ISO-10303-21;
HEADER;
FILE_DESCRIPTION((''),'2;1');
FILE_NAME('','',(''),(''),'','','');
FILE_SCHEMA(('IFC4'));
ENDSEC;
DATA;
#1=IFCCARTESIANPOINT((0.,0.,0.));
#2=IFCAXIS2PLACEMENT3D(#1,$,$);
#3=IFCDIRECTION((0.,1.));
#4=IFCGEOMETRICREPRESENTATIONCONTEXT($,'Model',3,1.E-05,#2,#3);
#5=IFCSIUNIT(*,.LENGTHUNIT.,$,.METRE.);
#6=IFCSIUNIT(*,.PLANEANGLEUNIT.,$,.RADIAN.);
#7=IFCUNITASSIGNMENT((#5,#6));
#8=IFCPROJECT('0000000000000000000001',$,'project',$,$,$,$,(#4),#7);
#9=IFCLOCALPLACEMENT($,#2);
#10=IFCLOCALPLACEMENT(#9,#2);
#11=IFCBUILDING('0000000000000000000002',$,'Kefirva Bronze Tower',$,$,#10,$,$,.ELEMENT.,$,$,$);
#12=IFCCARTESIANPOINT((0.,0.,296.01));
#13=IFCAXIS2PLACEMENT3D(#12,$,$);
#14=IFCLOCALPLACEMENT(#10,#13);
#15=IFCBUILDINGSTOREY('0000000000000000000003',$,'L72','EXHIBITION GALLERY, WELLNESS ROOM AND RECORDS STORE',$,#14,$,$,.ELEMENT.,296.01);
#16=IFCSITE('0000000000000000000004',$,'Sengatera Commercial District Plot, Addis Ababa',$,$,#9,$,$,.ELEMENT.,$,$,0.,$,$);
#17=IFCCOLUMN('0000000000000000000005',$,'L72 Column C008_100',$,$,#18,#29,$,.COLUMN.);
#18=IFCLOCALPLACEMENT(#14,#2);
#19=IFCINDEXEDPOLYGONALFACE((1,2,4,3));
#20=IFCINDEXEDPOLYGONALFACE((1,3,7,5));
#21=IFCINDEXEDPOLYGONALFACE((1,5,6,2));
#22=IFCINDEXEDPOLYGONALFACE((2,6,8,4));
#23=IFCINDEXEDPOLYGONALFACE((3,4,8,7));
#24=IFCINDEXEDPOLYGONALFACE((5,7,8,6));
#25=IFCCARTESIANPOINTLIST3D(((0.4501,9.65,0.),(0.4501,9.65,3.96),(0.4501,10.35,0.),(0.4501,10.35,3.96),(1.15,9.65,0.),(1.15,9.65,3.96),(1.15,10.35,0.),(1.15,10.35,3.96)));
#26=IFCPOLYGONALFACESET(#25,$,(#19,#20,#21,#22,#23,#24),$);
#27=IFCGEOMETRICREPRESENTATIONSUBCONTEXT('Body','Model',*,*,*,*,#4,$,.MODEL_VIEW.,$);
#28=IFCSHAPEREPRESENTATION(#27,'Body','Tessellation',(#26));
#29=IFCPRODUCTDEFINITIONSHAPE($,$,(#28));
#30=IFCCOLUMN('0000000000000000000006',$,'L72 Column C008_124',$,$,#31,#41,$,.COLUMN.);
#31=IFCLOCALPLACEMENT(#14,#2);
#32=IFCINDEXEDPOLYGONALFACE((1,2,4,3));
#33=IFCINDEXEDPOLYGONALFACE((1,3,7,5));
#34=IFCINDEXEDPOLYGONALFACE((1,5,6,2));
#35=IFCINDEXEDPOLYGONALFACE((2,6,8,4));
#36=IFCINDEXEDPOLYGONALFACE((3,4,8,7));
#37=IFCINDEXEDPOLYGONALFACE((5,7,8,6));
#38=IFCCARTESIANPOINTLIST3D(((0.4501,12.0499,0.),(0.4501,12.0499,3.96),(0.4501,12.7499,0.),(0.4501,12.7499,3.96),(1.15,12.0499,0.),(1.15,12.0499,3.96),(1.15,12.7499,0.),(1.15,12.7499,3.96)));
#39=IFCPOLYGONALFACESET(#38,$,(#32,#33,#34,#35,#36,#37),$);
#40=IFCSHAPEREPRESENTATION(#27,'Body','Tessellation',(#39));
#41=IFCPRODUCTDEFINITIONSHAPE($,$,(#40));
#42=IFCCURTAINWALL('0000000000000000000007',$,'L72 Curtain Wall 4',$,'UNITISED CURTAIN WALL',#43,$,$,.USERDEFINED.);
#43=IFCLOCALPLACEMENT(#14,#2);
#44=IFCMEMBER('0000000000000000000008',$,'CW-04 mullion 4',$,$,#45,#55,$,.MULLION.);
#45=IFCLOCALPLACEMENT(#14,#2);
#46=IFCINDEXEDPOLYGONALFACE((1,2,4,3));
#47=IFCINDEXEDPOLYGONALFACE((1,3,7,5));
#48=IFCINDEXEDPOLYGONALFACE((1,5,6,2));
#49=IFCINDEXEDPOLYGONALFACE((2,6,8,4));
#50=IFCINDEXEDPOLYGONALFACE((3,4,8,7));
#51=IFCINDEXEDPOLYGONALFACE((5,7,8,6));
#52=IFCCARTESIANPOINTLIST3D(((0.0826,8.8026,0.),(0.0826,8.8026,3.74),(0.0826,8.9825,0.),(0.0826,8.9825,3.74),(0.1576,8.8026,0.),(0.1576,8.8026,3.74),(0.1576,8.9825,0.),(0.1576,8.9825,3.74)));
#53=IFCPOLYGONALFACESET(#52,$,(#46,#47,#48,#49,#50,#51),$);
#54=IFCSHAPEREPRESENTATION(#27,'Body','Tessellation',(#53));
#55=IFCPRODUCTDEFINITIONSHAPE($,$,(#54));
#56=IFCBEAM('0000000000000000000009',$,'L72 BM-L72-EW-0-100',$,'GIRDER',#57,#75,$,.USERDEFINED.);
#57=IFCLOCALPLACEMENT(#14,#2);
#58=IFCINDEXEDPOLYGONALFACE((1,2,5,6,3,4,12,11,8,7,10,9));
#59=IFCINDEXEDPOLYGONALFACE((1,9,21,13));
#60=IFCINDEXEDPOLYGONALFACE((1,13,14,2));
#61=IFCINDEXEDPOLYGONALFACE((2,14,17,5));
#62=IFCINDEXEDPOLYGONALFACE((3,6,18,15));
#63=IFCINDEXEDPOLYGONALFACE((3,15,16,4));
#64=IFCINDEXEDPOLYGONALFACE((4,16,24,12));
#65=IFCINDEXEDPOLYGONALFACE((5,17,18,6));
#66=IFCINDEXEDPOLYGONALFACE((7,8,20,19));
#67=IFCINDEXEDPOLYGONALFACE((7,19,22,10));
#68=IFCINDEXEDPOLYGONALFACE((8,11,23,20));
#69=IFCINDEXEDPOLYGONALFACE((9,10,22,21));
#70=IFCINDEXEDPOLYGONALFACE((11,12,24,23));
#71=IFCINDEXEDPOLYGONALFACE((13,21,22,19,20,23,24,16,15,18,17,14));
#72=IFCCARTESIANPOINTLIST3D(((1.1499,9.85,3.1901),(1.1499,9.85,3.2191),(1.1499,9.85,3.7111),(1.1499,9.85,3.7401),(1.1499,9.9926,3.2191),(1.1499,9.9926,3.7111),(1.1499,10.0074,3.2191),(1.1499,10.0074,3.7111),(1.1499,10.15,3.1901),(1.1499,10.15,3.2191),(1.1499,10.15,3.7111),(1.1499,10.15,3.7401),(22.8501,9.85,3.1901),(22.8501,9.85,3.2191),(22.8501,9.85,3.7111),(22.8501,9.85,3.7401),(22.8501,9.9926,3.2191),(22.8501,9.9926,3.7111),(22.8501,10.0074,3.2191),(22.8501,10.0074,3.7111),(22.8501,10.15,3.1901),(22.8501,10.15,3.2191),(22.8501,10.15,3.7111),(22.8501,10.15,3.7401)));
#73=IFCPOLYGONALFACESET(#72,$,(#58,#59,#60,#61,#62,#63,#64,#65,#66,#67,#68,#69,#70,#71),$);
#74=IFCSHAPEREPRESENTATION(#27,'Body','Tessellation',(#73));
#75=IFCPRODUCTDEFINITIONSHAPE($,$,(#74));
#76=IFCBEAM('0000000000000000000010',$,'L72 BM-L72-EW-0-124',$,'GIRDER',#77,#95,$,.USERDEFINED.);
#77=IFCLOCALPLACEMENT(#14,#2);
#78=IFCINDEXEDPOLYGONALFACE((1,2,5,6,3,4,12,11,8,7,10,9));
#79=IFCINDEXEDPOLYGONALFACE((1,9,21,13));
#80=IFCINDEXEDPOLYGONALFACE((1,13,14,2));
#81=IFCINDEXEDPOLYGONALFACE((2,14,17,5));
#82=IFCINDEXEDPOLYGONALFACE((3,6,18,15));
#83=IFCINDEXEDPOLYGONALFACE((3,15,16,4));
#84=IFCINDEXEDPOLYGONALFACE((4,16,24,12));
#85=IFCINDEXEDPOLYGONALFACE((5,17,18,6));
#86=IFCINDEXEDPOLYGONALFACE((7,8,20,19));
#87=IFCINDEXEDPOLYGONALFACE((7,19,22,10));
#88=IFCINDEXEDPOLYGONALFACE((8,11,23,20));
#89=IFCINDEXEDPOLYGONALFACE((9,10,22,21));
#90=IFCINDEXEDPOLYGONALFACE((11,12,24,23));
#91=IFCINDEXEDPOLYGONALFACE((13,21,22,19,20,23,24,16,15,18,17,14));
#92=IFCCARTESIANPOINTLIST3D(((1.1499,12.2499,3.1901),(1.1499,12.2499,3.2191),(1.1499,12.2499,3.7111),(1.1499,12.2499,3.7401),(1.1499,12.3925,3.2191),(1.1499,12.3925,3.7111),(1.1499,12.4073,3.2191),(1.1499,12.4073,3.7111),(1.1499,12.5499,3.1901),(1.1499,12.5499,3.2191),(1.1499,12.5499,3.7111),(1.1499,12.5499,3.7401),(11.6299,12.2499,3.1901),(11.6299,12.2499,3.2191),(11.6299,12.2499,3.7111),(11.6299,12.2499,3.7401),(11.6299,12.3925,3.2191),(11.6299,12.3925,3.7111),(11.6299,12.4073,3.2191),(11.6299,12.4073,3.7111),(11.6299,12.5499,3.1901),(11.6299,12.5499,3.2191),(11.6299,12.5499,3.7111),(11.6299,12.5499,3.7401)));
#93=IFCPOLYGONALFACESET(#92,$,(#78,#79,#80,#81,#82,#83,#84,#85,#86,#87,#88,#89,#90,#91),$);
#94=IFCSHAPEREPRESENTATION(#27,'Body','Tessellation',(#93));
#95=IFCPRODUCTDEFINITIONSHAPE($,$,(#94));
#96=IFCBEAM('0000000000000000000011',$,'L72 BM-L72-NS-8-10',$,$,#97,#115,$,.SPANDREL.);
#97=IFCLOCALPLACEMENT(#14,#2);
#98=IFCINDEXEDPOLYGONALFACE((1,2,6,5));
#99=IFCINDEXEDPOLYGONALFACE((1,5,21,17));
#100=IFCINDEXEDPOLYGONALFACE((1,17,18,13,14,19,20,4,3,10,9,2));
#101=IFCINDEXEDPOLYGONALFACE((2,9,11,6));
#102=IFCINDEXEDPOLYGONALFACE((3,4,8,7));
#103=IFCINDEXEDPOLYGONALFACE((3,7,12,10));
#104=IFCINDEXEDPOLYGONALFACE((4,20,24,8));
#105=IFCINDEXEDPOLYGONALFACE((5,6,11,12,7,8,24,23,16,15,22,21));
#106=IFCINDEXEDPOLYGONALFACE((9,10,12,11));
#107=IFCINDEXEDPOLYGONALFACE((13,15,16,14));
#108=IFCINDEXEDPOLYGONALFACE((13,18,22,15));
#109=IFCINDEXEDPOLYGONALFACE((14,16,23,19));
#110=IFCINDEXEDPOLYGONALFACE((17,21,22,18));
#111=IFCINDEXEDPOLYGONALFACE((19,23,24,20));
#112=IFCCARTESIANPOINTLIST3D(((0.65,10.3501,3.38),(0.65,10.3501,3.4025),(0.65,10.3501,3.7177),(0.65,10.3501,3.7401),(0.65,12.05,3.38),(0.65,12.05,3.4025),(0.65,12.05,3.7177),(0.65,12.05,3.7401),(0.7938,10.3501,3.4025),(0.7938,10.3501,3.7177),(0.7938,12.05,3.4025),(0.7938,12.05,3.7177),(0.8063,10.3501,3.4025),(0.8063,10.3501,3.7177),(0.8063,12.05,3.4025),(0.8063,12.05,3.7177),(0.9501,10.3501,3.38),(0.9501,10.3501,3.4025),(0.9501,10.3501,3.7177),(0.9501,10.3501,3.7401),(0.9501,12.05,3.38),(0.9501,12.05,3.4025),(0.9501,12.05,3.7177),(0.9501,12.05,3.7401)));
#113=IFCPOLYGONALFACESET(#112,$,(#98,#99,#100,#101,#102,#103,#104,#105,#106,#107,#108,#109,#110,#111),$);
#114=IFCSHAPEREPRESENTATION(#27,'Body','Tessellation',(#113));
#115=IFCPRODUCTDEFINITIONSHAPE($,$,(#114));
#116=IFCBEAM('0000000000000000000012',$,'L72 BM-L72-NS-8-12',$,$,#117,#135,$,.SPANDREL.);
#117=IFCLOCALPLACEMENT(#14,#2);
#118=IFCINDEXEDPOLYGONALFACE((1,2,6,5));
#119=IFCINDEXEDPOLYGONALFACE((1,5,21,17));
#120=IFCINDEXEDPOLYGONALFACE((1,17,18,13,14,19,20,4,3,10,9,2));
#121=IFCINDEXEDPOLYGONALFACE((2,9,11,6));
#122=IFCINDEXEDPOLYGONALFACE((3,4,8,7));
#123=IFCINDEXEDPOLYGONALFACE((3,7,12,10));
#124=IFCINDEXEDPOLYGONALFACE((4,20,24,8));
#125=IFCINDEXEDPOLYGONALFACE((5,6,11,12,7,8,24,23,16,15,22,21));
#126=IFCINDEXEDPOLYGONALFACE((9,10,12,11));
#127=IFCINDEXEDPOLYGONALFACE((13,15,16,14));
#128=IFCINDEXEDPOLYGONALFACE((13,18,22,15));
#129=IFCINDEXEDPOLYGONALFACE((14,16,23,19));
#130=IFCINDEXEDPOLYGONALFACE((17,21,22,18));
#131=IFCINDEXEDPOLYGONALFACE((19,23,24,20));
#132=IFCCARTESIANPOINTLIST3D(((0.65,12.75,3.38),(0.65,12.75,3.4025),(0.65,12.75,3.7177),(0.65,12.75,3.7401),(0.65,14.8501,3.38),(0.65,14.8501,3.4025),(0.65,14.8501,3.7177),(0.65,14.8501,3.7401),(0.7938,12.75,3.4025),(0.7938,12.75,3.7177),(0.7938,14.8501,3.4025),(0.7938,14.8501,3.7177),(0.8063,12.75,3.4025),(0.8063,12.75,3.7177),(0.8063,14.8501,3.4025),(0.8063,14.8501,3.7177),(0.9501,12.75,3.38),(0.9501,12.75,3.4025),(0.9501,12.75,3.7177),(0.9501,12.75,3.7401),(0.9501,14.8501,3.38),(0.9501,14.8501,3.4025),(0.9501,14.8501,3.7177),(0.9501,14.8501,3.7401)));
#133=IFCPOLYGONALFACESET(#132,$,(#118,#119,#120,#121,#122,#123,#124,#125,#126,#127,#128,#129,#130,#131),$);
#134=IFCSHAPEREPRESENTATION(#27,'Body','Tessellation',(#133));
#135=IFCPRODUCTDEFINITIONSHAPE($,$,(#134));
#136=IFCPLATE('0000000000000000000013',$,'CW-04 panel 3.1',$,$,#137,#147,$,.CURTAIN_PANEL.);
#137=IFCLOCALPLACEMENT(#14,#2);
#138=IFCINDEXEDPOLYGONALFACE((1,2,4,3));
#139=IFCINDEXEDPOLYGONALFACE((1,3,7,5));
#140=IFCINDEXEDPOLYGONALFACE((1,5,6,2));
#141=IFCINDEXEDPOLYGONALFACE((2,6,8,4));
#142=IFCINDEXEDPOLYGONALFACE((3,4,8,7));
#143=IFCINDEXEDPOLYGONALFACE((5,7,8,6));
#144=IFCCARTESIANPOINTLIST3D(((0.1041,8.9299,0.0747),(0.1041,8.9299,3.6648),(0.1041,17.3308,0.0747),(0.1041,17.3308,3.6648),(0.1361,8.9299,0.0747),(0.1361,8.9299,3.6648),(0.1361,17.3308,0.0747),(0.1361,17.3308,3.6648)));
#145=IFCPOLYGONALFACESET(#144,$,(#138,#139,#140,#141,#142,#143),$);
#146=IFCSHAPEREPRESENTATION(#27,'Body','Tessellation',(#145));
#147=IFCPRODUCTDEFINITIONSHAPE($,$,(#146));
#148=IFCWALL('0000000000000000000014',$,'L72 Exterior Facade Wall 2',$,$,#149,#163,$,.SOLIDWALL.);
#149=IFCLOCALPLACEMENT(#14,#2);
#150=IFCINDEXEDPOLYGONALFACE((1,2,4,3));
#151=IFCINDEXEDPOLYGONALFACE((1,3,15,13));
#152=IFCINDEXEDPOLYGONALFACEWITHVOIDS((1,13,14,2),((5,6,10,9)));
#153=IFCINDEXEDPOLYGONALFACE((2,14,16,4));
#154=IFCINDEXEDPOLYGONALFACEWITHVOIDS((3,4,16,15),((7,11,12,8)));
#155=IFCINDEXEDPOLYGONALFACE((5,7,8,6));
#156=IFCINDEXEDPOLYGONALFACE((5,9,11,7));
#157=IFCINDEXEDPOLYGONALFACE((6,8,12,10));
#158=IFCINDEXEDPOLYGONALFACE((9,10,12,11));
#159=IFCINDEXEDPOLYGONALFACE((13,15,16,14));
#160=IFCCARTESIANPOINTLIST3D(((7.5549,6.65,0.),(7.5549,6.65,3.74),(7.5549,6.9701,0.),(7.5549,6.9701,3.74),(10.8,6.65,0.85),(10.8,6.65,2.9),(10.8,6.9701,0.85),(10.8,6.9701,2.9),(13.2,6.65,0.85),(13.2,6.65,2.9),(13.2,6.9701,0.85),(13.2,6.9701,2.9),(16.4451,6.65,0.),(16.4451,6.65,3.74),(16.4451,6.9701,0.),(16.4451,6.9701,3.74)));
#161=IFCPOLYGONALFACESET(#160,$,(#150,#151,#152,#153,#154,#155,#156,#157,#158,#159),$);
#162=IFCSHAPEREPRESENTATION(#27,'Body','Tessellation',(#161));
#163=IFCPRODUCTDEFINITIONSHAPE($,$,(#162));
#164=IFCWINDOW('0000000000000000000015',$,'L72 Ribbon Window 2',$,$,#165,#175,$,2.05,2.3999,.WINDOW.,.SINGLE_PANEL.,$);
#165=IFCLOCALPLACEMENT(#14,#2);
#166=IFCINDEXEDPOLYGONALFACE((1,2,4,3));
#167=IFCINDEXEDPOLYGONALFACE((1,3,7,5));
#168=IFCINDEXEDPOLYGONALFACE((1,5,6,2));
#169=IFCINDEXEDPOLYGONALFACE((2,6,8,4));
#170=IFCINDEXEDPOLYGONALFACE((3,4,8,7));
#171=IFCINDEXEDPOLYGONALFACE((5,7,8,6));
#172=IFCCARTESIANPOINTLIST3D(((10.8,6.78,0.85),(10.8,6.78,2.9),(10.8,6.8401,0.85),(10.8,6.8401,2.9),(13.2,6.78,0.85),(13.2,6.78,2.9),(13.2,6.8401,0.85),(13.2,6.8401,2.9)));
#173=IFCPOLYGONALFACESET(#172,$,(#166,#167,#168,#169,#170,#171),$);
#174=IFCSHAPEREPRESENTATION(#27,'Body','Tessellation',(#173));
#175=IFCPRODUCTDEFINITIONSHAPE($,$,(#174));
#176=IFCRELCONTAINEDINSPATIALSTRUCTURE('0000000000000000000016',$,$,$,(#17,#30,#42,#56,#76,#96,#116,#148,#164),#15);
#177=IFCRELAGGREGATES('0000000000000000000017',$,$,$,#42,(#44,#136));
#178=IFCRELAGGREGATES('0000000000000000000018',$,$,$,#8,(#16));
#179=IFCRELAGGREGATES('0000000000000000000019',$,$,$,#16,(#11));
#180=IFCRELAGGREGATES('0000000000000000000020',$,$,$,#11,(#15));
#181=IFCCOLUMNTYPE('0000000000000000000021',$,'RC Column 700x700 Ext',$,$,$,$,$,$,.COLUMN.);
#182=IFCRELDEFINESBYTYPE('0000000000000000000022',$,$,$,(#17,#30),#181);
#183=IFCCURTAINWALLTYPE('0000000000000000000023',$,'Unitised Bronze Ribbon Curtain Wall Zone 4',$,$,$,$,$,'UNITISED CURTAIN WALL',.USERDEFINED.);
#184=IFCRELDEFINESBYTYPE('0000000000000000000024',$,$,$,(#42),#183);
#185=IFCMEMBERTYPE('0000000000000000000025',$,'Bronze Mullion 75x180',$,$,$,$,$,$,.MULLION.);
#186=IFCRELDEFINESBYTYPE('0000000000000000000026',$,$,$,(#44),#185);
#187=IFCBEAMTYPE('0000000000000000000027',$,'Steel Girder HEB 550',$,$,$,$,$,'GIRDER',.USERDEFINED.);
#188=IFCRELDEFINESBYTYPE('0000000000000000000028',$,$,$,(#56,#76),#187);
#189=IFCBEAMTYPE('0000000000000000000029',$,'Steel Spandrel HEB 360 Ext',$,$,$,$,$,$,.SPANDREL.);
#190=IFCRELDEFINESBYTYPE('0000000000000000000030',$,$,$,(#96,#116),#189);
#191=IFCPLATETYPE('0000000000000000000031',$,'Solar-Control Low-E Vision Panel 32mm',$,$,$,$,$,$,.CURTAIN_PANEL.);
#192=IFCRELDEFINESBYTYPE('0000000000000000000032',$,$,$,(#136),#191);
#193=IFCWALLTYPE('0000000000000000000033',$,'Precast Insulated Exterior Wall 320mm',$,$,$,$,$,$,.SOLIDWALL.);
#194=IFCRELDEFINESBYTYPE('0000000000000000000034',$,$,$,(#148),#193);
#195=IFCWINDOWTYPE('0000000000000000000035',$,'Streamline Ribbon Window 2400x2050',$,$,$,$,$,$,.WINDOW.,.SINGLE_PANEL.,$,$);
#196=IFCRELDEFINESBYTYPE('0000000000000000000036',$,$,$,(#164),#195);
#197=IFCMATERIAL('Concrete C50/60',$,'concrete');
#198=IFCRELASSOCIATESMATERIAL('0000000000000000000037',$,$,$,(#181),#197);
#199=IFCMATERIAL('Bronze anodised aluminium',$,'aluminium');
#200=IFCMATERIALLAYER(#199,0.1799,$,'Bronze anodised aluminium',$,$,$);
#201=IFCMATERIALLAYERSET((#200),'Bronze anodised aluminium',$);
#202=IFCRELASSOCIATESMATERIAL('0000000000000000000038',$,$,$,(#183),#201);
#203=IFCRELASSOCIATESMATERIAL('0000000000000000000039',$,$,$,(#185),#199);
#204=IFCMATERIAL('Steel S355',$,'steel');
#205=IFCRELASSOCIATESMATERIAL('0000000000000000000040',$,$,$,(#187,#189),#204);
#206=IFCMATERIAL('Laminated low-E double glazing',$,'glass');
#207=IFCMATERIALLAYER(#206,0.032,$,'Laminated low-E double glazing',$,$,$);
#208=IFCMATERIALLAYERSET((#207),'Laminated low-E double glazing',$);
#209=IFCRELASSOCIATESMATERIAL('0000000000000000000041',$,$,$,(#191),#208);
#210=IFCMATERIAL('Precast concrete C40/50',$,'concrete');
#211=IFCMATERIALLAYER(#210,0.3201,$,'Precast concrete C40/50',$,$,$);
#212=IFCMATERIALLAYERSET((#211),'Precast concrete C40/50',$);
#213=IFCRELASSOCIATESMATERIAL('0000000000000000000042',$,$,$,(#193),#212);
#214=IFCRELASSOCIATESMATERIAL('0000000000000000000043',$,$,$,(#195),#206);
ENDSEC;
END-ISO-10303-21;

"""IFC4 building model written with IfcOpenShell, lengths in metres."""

from ifc_helpers import new_model, si_unit, direction, frame, frame_2d, origin, origin_2d, place, context, subcontext, project, spatial, rectangle, i_section, extrude, material, layer, layer_set, material_profile, profile_set, type_object, element, fill, aggregate, save


model = new_model("IFC4")

# Units and contexts
model_context = context("Model", 3, precision=1e-05, world=origin(), true_north=direction((0.0, 1.0)))
body_context = subcontext(model_context, "Body", "Model", "MODEL_VIEW")
ifc_project = project(units=[si_unit("LENGTHUNIT", "METRE"), si_unit("PLANEANGLEUNIT", "RADIAN")], contexts=[model_context])

# Site, building, storey
site_placement = place(None, origin())
site = spatial("IfcSite", under=ifc_project, at=site_placement, Name="Sengatera Commercial District Plot, Addis Ababa", CompositionType="ELEMENT", RefElevation=0.0)
building_placement = place(site_placement, origin())
building = spatial("IfcBuilding", under=site, at=building_placement, Name="Kefirva Bronze Tower", CompositionType="ELEMENT")
storey_placement = place(building_placement, frame((0.0, 0.0, 296.01)))
storey = spatial("IfcBuildingStorey", under=building, at=storey_placement, Name="L72", Description="EXHIBITION GALLERY, WELLNESS ROOM AND RECORDS STORE", CompositionType="ELEMENT", Elevation=296.01)

# Columns
ifc_material_1 = material(Name="Concrete C50/60", Category="concrete")
ifc_material_profile_1 = material_profile(ifc_material_1, rectangle(XDim=0.7, YDim=0.7, at=origin_2d()), Name="RC 700x700")
ifc_profile_set_1 = profile_set([ifc_material_profile_1], Name="Concrete C50/60")
column_type = type_object("IfcColumnType", Name="RC Column 700x700 Ext", PredefinedType="COLUMN", material=ifc_profile_set_1)
for number, where, z_axis, x_axis, name in (
    (1, (0.8, 10.0, 0.0), (0.0, 0.0, 1.0), (1.0, 0.0, 0.0), "L72 Column C008_100"),
    (2, (0.8, 12.3999, 0.0), (0.0, 0.0, 1.0), (1.0, 0.0, 0.0), "L72 Column C008_124"),
):
    element("IfcColumn", number, at=place(storey_placement, frame(where, z_axis=z_axis, x_axis=x_axis)), inside=storey, type_object=column_type, Name=name, PredefinedType="COLUMN", context=body_context, shape_type="SweptSolid", body=[
        extrude(rectangle(XDim=0.7, YDim=0.7, at=origin_2d()), origin(), (0.0, 0.0, 1.0), 3.96),
    ])

# Curtain wall, member
ifc_material_2 = material(Name="Bronze anodised aluminium", Category="aluminium")
ifc_layer_1 = layer(ifc_material_2, 0.1799, Name="Bronze anodised aluminium")
ifc_layer_set_1 = layer_set([ifc_layer_1], Name="Bronze anodised aluminium")
curtain_wall_type = type_object("IfcCurtainWallType", Name="Unitised Bronze Ribbon Curtain Wall Zone 4", ElementType="UNITISED CURTAIN WALL", PredefinedType="USERDEFINED", material=ifc_layer_set_1)
curtain_wall_placement = place(storey_placement, origin())
curtain_wall = element("IfcCurtainWall", 3, at=curtain_wall_placement, inside=storey, type_object=curtain_wall_type, Name="L72 Curtain Wall 4", ObjectType="UNITISED CURTAIN WALL", PredefinedType="USERDEFINED")
ifc_material_profile_2 = material_profile(ifc_material_2, rectangle(XDim=0.075, YDim=0.1799, at=origin_2d()), Name="ALU 75x180")
ifc_profile_set_2 = profile_set([ifc_material_profile_2], Name="Bronze anodised aluminium")
member_type = type_object("IfcMemberType", Name="Bronze Mullion 75x180", PredefinedType="MULLION", material=ifc_profile_set_2)
member_placement = place(storey_placement, frame((0.1201, 8.8926, 0.0), z_axis=(0.0, 0.0, 1.0), x_axis=(1.0, 0.0, 0.0)))
member = element("IfcMember", 4, at=member_placement, type_object=member_type, Name="CW-04 mullion 4", PredefinedType="MULLION", context=body_context, shape_type="SweptSolid", body=[
    extrude(rectangle(XDim=0.075, YDim=0.1799, at=origin_2d()), origin(), (0.0, 0.0, 1.0), 3.74),
])

# Beams
ifc_material_3 = material(Name="Steel S355", Category="steel")
ifc_material_profile_3 = material_profile(ifc_material_3, i_section(OverallWidth=0.3, OverallDepth=0.55, WebThickness=0.0149, FlangeThickness=0.0291, at=origin_2d()), Name="HEB 550")
ifc_profile_set_3 = profile_set([ifc_material_profile_3], Name="Steel S355")
beam_type_1 = type_object("IfcBeamType", Name="Steel Girder HEB 550", ElementType="GIRDER", PredefinedType="USERDEFINED", material=ifc_profile_set_3)
beam_1_placement = place(storey_placement, frame((1.1499, 10.0, 3.4651), z_axis=(1.0, 0.0, 0.0), x_axis=(0.0, 1.0, 0.0)))
element("IfcBeam", 5, at=beam_1_placement, inside=storey, type_object=beam_type_1, Name="L72 BM-L72-EW-0-100", ObjectType="GIRDER", PredefinedType="USERDEFINED", context=body_context, shape_type="SweptSolid", body=[
    extrude(i_section(OverallWidth=0.3, OverallDepth=0.55, WebThickness=0.0149, FlangeThickness=0.0291, at=origin_2d()), origin(), (0.0, 0.0, 1.0), 21.7002),
])
beam_2_placement = place(storey_placement, frame((1.1499, 12.3999, 3.4651), z_axis=(1.0, 0.0, 0.0), x_axis=(0.0, 1.0, 0.0)))
element("IfcBeam", 6, at=beam_2_placement, inside=storey, type_object=beam_type_1, Name="L72 BM-L72-EW-0-124", ObjectType="GIRDER", PredefinedType="USERDEFINED", context=body_context, shape_type="SweptSolid", body=[
    extrude(i_section(OverallWidth=0.3, OverallDepth=0.55, WebThickness=0.0149, FlangeThickness=0.0291, at=origin_2d()), origin(), (0.0, 0.0, 1.0), 10.48),
])
ifc_material_profile_4 = material_profile(ifc_material_3, i_section(OverallWidth=0.3, OverallDepth=0.3601, WebThickness=0.0125, FlangeThickness=0.0225, at=origin_2d()), Name="HEB 360")
ifc_profile_set_4 = profile_set([ifc_material_profile_4], Name="Steel S355")
beam_type_2 = type_object("IfcBeamType", Name="Steel Spandrel HEB 360 Ext", PredefinedType="SPANDREL", material=ifc_profile_set_4)
beam_3_placement = place(storey_placement, frame((0.8, 10.3501, 3.5601), z_axis=(0.0, 1.0, 0.0), x_axis=(-1.0, 0.0, 0.0)))
element("IfcBeam", 7, at=beam_3_placement, inside=storey, type_object=beam_type_2, Name="L72 BM-L72-NS-8-10", PredefinedType="SPANDREL", context=body_context, shape_type="SweptSolid", body=[
    extrude(i_section(OverallWidth=0.3, OverallDepth=0.3601, WebThickness=0.0125, FlangeThickness=0.0225, at=origin_2d()), origin(), (0.0, 0.0, 1.0), 1.7),
])
beam_4_placement = place(storey_placement, frame((0.8, 12.75, 3.5601), z_axis=(0.0, 1.0, 0.0), x_axis=(-1.0, 0.0, 0.0)))
element("IfcBeam", 8, at=beam_4_placement, inside=storey, type_object=beam_type_2, Name="L72 BM-L72-NS-8-12", PredefinedType="SPANDREL", context=body_context, shape_type="SweptSolid", body=[
    extrude(i_section(OverallWidth=0.3, OverallDepth=0.3601, WebThickness=0.0125, FlangeThickness=0.0225, at=origin_2d()), origin(), (0.0, 0.0, 1.0), 2.1001),
])

# Plate
ifc_material_4 = material(Name="Laminated low-E double glazing", Category="glass")
ifc_layer_2 = layer(ifc_material_4, 0.032, Name="Laminated low-E double glazing")
ifc_layer_set_2 = layer_set([ifc_layer_2], Name="Laminated low-E double glazing")
plate_type = type_object("IfcPlateType", Name="Solar-Control Low-E Vision Panel 32mm", PredefinedType="CURTAIN_PANEL", material=ifc_layer_set_2)
plate_placement = place(storey_placement, frame((0.1201, 13.1304, 0.0747), z_axis=(0.0, 0.0, 1.0), x_axis=(0.0, -1.0, 0.0)))
plate = element("IfcPlate", 9, at=plate_placement, type_object=plate_type, Name="CW-04 panel 3.1", PredefinedType="CURTAIN_PANEL", context=body_context, shape_type="SweptSolid", body=[
    extrude(rectangle(XDim=8.4009, YDim=0.032, at=origin_2d()), origin(), (0.0, 0.0, 1.0), 3.5901),
])
aggregate(curtain_wall, [member, plate])

# Wall, opening, window
ifc_material_5 = material(Name="Precast concrete C40/50", Category="concrete")
ifc_layer_3 = layer(ifc_material_5, 0.3201, Name="Precast concrete C40/50")
ifc_layer_set_3 = layer_set([ifc_layer_3], Name="Precast concrete C40/50")
wall_type_1 = type_object("IfcWallType", Name="Precast Insulated Exterior Wall 320mm", PredefinedType="SOLIDWALL", material=ifc_layer_set_3)
wall_1_placement = place(storey_placement, frame((7.5549, 6.8101, 0.0), z_axis=(0.0, 0.0, 1.0), x_axis=(1.0, 0.0, 0.0)))
wall_1 = element("IfcWall", 10, at=wall_1_placement, inside=storey, type_object=wall_type_1, Name="L72 Exterior Facade Wall 2", PredefinedType="SOLIDWALL", context=body_context, shape_type="SweptSolid", body=[
    extrude(rectangle(XDim=8.8901, YDim=0.3201, at=frame_2d((4.4451, 0.0))), origin(), (0.0, 0.0, 1.0), 3.74),
])
opening_1_placement = place(wall_1_placement, frame((3.2451, 0.0, 0.8501)))
opening_1 = element("IfcOpeningElement", 11, at=opening_1_placement, cuts=wall_1, PredefinedType="OPENING", context=body_context, shape_type="SweptSolid", body=[
    extrude(rectangle(XDim=2.3999, YDim=2.05, at=frame_2d((1.2, 1.0249))), frame((0.0, 0.1699, 0.0), z_axis=(0.0, -1.0, 0.0), x_axis=(1.0, 0.0, 0.0)), (0.0, 0.0, 1.0), 0.3401),
])
window_type = type_object("IfcWindowType", Name="Streamline Ribbon Window 2400x2050", PartitioningType="SINGLE_PANEL", PredefinedType="WINDOW", material=ifc_material_4)
window_placement = place(opening_1_placement, origin())
window = element("IfcWindow", 12, at=window_placement, inside=storey, type_object=window_type, Name="L72 Ribbon Window 2", OverallHeight=2.05, OverallWidth=2.3999, PartitioningType="SINGLE_PANEL", PredefinedType="WINDOW", context=body_context, shape_type="SweptSolid", body=[
    extrude(rectangle(XDim=2.3999, YDim=2.05, at=frame_2d((1.2, 1.0249))), frame((0.0, 0.03, 0.0), z_axis=(0.0, -1.0, 0.0), x_axis=(1.0, 0.0, 0.0)), (0.0, 0.0, 1.0), 0.0601),
])
fill(opening_1, window)

save(model, "model.ifc")
